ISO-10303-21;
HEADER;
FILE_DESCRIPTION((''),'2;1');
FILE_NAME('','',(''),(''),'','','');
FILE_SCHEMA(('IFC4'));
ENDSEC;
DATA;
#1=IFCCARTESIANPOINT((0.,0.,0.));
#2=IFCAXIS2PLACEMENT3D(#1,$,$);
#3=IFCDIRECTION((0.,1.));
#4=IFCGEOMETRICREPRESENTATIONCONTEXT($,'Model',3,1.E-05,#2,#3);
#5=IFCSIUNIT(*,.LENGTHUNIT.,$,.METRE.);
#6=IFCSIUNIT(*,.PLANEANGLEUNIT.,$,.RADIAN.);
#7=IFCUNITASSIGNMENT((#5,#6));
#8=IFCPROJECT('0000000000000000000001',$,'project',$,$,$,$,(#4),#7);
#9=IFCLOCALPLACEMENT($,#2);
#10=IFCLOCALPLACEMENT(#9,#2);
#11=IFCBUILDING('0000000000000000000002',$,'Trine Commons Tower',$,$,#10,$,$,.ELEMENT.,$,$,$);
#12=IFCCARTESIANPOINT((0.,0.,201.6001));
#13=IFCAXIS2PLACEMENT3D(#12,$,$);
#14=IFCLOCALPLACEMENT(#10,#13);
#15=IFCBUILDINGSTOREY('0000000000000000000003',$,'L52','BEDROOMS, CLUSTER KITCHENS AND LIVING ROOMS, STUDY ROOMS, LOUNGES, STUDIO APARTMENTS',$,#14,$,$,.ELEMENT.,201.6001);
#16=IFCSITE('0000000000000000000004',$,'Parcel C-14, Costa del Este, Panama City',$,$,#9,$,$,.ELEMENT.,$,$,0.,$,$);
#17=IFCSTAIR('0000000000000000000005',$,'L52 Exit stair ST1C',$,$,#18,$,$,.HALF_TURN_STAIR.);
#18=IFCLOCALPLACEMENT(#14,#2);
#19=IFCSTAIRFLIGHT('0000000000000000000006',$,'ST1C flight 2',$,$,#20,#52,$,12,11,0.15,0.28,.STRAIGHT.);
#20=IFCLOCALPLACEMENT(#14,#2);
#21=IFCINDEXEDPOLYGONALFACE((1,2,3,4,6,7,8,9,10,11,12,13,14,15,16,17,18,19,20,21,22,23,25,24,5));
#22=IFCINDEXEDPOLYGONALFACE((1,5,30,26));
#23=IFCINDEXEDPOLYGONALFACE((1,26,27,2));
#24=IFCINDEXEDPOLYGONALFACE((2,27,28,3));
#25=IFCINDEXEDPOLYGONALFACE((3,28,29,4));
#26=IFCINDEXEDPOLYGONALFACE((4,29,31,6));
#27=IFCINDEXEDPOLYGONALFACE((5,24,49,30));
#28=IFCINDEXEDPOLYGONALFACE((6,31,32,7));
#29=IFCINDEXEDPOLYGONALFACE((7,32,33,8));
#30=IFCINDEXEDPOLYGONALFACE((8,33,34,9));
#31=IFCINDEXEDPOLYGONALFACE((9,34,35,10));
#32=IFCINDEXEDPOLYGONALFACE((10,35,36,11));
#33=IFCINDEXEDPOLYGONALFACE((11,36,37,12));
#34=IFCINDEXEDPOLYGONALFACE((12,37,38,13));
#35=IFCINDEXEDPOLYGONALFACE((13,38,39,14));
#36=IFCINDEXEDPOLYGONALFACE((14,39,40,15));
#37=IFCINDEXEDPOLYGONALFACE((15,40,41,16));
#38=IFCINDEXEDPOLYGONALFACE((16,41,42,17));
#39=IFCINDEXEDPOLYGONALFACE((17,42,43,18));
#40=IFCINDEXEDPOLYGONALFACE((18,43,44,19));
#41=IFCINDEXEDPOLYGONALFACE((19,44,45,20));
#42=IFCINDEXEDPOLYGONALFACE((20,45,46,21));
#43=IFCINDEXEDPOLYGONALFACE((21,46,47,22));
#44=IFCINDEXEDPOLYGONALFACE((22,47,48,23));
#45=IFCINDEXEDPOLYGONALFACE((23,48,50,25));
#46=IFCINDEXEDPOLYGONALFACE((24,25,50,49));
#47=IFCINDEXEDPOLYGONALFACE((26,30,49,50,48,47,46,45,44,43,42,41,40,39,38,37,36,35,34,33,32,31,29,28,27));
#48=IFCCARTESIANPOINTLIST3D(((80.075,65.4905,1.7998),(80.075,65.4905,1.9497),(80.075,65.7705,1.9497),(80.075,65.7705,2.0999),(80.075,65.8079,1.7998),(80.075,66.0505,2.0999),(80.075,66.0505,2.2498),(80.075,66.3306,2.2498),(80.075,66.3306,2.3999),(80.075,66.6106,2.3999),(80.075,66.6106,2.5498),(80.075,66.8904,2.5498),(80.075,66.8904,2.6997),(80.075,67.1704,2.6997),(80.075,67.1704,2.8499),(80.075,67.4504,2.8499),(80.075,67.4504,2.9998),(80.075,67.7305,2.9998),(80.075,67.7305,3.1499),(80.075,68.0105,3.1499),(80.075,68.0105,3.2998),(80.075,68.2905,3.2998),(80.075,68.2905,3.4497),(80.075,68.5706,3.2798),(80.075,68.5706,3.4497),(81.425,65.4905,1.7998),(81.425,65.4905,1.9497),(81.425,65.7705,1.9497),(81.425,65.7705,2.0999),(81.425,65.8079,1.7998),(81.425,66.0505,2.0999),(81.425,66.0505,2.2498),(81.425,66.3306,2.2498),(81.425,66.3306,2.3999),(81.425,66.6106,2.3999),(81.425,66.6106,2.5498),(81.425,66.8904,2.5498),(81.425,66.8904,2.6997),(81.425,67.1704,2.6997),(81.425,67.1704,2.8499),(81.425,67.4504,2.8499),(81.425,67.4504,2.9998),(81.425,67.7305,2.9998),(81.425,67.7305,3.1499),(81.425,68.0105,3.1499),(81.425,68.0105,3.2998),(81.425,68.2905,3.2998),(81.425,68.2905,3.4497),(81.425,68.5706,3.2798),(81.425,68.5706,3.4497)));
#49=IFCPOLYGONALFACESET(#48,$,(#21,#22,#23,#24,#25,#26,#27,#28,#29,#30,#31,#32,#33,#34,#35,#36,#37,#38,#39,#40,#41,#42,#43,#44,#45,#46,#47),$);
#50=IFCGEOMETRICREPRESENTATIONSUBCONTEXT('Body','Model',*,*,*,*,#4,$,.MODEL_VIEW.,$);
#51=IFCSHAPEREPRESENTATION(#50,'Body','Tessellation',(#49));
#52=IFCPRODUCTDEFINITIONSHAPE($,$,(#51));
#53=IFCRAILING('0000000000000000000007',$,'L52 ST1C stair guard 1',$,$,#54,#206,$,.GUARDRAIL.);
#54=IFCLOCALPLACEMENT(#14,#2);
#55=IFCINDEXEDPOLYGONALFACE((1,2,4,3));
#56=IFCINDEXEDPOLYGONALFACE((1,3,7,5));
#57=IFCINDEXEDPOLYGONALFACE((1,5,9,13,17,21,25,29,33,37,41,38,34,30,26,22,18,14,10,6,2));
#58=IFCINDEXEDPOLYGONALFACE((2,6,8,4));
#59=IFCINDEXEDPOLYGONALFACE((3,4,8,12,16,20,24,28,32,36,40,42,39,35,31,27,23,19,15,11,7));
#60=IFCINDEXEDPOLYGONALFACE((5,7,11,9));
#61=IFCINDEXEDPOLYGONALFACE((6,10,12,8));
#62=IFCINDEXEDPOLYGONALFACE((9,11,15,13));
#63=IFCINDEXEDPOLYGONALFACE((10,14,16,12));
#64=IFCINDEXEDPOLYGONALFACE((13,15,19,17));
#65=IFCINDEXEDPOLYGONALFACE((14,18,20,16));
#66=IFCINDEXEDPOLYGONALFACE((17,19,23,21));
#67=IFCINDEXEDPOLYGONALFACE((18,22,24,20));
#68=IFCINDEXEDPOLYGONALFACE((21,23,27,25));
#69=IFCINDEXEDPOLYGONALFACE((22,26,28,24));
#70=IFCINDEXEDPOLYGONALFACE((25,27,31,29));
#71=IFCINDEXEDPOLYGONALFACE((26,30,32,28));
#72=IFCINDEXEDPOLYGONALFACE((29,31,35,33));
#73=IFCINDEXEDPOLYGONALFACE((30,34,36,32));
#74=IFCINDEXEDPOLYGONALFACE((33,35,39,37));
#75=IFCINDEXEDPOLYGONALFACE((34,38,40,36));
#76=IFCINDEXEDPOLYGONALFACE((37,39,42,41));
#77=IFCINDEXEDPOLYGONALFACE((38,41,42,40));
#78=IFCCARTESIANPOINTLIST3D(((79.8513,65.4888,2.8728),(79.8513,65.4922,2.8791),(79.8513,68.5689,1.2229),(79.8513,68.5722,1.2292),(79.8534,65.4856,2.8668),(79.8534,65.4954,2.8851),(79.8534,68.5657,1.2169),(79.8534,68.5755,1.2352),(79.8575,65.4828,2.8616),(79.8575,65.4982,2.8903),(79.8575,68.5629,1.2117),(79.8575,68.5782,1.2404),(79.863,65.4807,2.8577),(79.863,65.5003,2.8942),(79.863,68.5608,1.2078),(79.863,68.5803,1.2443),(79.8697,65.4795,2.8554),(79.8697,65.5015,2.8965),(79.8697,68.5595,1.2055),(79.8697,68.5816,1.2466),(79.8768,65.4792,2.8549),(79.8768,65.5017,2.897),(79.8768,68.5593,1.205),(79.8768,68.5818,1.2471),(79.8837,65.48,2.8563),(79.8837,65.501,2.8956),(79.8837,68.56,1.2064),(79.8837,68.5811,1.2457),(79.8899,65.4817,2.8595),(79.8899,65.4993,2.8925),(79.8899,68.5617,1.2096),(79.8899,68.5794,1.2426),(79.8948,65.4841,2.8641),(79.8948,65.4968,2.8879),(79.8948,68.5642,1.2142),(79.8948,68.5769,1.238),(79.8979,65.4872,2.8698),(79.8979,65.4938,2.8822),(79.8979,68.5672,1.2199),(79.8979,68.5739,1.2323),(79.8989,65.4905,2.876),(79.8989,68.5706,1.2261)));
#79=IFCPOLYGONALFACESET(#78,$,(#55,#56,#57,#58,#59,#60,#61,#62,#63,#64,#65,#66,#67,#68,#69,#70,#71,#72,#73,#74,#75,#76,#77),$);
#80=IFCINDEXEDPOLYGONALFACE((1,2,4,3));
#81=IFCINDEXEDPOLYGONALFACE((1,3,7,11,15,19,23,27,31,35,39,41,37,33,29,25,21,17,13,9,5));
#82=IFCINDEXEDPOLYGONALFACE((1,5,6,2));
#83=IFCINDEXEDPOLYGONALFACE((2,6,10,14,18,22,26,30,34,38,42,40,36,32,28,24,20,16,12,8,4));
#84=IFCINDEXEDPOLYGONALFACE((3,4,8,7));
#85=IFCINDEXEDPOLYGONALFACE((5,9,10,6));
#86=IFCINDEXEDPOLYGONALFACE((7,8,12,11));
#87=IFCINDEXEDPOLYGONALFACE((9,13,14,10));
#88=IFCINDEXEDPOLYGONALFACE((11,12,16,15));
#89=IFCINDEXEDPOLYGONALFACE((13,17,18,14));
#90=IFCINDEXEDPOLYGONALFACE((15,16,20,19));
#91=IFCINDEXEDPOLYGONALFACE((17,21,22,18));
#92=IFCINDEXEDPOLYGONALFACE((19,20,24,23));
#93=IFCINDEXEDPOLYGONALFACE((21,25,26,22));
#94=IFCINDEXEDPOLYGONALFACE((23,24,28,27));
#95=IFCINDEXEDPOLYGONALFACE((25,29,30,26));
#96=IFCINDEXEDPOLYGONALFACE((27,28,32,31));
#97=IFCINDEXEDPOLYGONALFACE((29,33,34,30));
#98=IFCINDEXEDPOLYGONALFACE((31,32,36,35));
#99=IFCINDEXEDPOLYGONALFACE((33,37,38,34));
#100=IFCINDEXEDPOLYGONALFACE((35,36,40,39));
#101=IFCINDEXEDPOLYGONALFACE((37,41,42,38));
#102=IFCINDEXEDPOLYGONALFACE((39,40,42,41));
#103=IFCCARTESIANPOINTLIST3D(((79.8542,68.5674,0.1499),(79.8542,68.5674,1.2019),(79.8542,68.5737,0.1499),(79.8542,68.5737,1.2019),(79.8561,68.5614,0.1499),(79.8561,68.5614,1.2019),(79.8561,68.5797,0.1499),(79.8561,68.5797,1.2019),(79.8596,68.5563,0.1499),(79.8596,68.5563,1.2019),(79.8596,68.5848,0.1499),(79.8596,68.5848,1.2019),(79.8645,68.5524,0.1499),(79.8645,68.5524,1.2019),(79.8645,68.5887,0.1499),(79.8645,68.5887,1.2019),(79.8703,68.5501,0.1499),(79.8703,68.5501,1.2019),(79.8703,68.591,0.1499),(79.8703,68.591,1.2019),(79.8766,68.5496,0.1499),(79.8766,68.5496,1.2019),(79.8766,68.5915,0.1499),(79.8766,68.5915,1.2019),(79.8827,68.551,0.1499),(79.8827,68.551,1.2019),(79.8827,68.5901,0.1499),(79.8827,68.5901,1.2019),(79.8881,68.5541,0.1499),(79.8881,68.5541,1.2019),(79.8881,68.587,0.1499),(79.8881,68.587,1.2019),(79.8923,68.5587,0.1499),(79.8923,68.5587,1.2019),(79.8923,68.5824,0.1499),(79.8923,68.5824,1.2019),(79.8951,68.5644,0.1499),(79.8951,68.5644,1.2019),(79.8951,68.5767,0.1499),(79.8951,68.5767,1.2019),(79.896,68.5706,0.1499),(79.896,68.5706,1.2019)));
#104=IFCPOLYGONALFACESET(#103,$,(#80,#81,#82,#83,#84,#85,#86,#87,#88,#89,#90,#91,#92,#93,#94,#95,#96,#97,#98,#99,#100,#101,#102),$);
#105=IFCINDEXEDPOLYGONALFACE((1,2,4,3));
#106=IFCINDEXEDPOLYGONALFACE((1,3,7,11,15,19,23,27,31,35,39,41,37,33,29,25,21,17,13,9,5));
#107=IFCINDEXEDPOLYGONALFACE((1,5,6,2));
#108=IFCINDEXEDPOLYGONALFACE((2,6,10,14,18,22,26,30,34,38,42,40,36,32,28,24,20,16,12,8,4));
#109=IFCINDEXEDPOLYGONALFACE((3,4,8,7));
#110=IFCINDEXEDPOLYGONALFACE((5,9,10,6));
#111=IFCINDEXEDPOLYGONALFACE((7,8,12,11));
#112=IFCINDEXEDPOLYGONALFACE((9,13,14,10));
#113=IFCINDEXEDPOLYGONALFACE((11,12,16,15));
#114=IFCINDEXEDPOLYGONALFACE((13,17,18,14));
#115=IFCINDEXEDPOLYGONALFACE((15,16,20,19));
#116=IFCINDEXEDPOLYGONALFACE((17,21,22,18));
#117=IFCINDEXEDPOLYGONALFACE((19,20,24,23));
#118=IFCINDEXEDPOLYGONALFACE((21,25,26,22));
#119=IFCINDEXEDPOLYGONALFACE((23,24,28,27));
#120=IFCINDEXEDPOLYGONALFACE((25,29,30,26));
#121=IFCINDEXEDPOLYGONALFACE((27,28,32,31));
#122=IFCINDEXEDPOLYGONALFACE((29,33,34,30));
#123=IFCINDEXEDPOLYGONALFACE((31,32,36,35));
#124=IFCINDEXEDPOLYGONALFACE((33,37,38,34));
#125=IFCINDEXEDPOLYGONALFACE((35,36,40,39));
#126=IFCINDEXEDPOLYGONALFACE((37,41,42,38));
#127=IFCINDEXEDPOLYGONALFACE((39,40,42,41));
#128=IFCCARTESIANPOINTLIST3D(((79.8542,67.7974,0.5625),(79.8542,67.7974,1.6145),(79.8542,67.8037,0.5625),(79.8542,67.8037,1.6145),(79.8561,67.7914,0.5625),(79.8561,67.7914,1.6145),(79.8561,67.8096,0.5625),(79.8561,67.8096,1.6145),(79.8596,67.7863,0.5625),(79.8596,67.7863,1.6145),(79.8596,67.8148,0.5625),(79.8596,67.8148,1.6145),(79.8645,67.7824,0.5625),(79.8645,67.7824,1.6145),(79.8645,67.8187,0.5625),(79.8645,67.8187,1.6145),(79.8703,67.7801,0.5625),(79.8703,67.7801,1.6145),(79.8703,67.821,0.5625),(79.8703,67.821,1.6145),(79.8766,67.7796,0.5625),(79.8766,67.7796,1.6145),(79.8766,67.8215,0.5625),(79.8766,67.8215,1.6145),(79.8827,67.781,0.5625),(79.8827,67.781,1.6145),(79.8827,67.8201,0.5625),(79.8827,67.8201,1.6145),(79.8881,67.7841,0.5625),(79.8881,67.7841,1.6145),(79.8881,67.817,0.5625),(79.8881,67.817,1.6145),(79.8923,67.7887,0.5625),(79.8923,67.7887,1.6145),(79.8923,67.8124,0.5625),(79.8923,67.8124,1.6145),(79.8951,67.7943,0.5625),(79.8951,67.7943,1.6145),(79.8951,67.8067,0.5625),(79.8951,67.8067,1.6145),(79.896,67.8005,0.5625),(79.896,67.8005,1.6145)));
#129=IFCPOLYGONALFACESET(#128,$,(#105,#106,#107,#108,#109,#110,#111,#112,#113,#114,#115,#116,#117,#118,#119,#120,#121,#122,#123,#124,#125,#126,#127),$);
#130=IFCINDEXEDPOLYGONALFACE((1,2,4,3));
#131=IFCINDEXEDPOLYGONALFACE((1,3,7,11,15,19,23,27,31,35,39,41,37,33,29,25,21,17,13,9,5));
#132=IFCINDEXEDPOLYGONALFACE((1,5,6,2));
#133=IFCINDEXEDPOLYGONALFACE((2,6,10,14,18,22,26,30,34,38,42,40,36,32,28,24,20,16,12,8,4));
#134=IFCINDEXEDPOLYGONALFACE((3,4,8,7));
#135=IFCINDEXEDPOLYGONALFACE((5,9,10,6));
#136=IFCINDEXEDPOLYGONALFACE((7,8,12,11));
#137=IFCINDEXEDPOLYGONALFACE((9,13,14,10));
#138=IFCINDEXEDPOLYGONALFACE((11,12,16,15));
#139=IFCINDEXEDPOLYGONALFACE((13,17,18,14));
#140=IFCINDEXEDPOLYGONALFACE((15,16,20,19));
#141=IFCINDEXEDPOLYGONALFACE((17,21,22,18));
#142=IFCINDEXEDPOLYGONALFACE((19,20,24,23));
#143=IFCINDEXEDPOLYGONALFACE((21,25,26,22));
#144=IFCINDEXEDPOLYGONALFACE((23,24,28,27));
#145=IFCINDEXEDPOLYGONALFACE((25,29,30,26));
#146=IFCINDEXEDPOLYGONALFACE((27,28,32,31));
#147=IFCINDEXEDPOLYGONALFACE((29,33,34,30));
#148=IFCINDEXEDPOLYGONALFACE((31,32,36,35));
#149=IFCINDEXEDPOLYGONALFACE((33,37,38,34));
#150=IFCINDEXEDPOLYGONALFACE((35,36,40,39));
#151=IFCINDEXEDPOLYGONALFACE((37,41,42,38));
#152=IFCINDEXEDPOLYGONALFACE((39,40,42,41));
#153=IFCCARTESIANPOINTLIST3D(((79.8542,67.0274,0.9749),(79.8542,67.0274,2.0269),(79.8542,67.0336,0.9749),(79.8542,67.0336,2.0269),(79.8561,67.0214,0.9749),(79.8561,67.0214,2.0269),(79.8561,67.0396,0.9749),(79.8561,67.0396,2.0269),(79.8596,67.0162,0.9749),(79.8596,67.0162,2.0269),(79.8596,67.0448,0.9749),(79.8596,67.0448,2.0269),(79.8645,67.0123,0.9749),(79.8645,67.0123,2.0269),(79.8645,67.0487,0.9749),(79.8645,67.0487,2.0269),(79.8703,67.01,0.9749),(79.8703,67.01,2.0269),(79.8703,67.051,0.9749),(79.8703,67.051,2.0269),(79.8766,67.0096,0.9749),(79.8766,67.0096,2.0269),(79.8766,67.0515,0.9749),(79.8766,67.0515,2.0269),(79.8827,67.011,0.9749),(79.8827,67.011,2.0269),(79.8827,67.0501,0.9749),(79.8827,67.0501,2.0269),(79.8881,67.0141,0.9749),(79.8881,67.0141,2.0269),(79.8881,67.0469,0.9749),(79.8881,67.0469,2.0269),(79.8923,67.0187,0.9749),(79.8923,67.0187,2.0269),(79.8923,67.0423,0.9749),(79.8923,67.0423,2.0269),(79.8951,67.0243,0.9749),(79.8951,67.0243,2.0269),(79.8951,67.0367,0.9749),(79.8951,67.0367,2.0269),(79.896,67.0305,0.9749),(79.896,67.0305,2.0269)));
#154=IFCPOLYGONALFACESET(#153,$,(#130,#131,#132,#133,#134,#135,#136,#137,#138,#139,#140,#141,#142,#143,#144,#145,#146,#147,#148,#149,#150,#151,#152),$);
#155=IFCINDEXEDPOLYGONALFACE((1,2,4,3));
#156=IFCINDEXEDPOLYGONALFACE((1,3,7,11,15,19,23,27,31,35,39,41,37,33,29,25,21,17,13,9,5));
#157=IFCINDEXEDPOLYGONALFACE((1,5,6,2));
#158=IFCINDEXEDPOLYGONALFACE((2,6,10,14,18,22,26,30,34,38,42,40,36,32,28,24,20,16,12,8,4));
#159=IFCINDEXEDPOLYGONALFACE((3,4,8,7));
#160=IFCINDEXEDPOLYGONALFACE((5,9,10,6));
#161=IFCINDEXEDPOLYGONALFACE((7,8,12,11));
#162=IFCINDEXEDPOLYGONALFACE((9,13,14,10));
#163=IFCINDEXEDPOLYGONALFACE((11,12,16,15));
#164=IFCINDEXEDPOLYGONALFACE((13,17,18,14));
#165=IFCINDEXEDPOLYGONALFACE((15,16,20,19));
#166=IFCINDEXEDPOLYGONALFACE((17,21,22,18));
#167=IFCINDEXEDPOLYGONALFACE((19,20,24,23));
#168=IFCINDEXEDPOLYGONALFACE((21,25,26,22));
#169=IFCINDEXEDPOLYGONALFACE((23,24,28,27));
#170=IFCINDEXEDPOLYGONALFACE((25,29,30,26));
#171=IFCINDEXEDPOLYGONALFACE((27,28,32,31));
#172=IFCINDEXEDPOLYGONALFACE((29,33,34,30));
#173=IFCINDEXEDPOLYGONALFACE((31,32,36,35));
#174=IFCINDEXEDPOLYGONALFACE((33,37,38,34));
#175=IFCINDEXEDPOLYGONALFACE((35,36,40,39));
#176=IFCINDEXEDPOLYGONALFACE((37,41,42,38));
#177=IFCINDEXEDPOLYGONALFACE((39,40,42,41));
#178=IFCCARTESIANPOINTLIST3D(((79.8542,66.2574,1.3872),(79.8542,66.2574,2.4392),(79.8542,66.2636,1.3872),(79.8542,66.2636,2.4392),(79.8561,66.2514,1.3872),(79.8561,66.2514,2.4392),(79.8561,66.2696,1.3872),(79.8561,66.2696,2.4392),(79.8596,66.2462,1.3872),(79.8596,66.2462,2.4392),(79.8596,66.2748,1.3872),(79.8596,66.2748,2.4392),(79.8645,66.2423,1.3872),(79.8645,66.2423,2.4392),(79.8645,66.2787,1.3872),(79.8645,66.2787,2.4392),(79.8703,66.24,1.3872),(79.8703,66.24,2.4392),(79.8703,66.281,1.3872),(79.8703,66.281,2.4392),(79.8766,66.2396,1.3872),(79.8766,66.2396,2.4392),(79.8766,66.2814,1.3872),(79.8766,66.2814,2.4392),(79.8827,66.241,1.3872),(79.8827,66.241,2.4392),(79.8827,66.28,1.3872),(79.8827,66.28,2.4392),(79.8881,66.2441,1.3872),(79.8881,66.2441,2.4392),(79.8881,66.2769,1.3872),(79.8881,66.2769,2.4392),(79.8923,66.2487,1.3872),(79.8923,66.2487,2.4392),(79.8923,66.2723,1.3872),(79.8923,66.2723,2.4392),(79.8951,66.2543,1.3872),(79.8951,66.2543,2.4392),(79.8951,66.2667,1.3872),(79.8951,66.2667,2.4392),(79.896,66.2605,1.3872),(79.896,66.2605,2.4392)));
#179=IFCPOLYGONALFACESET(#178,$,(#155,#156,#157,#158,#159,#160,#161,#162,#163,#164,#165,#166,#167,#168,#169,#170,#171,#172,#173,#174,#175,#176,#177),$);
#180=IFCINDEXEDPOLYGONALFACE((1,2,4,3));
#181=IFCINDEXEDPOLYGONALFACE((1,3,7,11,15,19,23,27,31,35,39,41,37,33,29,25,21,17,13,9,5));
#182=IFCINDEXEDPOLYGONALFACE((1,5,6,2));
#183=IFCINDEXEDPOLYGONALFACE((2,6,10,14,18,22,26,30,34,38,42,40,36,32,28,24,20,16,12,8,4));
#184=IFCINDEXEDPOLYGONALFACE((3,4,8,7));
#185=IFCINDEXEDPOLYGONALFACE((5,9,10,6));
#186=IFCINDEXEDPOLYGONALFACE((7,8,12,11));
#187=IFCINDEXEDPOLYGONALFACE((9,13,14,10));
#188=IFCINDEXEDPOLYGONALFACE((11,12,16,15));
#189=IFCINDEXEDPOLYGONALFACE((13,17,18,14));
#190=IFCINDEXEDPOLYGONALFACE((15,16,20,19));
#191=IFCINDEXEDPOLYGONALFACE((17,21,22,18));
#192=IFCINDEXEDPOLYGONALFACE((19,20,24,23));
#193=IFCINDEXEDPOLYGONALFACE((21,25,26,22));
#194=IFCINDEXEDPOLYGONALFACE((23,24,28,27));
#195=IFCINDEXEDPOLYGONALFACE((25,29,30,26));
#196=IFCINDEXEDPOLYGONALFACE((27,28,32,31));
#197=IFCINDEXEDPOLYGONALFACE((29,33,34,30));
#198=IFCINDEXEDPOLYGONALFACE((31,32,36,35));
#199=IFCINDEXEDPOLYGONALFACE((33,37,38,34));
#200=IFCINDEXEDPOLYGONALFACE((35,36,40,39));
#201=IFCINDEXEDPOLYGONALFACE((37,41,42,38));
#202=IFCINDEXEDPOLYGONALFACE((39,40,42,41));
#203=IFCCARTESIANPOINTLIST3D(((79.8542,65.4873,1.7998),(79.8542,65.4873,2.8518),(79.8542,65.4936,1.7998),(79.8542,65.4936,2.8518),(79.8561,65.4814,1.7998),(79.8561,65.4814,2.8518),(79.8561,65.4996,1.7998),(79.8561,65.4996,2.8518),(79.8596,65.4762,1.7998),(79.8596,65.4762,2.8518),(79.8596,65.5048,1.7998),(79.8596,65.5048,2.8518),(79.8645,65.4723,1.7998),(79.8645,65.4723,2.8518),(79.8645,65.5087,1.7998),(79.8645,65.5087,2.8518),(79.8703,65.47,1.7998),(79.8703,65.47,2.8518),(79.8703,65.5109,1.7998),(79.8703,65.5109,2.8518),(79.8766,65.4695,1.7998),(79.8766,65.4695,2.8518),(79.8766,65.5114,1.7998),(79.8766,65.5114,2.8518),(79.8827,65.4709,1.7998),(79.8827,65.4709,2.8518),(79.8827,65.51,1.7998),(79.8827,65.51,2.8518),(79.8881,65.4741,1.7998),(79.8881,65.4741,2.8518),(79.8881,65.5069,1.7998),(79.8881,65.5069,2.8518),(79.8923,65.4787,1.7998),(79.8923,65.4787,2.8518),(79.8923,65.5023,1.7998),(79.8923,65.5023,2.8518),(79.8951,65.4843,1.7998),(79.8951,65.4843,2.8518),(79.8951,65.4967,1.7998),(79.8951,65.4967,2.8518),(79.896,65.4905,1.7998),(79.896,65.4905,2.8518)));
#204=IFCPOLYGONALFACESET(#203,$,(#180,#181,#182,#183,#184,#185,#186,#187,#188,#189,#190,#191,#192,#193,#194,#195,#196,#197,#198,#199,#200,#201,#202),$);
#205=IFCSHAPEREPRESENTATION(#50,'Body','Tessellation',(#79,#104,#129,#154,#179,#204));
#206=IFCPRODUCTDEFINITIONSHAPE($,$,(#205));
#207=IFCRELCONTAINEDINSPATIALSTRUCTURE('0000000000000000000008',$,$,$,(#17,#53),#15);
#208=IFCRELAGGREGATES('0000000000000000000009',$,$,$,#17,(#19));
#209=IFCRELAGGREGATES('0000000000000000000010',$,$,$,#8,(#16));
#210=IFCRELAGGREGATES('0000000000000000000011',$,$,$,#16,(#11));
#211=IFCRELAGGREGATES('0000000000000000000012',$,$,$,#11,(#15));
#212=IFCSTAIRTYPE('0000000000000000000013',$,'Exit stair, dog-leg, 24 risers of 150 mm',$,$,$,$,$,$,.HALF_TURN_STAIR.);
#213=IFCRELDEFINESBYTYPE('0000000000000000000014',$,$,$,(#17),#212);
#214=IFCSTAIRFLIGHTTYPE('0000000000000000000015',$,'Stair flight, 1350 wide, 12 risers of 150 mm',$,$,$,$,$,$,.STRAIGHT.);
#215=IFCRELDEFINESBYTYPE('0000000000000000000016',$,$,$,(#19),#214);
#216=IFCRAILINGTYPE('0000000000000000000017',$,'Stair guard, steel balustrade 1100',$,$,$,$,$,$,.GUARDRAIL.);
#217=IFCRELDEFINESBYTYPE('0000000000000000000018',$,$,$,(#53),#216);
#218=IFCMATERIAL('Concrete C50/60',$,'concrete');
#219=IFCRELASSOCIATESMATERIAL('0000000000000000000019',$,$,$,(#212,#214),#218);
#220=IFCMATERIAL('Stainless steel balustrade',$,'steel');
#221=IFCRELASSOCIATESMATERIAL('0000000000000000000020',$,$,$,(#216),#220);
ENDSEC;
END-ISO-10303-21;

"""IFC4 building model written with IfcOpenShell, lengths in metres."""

from ifc_helpers import new_model, si_unit, direction, frame, origin, origin_2d, place, context, subcontext, project, spatial, polyline, circle, outline, extrude, material, type_object, element, aggregate, save


model = new_model("IFC4")

# Units and contexts
model_context = context("Model", 3, precision=1e-05, world=origin(), true_north=direction((0.0, 1.0)))
body_context = subcontext(model_context, "Body", "Model", "MODEL_VIEW")
ifc_project = project(units=[si_unit("LENGTHUNIT", "METRE"), si_unit("PLANEANGLEUNIT", "RADIAN")], contexts=[model_context])

# Site, building, storey
site_placement = place(None, origin())
site = spatial("IfcSite", under=ifc_project, at=site_placement, Name="Parcel C-14, Costa del Este, Panama City", CompositionType="ELEMENT", RefElevation=0.0)
building_placement = place(site_placement, origin())
building = spatial("IfcBuilding", under=site, at=building_placement, Name="Trine Commons Tower", CompositionType="ELEMENT")
storey_placement = place(building_placement, frame((0.0, 0.0, 201.6001)))
storey = spatial("IfcBuildingStorey", under=building, at=storey_placement, Name="L52", Description="BEDROOMS, CLUSTER KITCHENS AND LIVING ROOMS, STUDY ROOMS, LOUNGES, STUDIO APARTMENTS", CompositionType="ELEMENT", Elevation=201.6001)

# Stair, stair flight
ifc_material_1 = material(Name="Concrete C50/60", Category="concrete")
stair_type = type_object("IfcStairType", Name="Exit stair, dog-leg, 24 risers of 150 mm", PredefinedType="HALF_TURN_STAIR", material=ifc_material_1)
stair_placement = place(storey_placement, origin())
stair = element("IfcStair", 1, at=stair_placement, inside=storey, type_object=stair_type, Name="L52 Exit stair ST1C", PredefinedType="HALF_TURN_STAIR")
stair_flight_type = type_object("IfcStairFlightType", Name="Stair flight, 1350 wide, 12 risers of 150 mm", PredefinedType="STRAIGHT", material=ifc_material_1)
stair_flight_placement = place(storey_placement, frame((80.75, 65.4905, 1.7998), z_axis=(0.0, 0.0, 1.0), x_axis=(0.0, 1.0, 0.0)))
stair_flight = element("IfcStairFlight", 2, at=stair_flight_placement, type_object=stair_flight_type, Name="ST1C flight 2", NumberOfRisers=12, NumberOfTreads=11, PredefinedType="STRAIGHT", RiserHeight=0.15, TreadLength=0.28, context=body_context, shape_type="SweptSolid", body=[
    extrude(outline(polyline([(0.0, 0.0), (0.0, 0.1499), (0.28, 0.1499), (0.28, 0.3), (0.5601, 0.3), (0.5601, 0.45), (0.8401, 0.45), (0.8401, 0.6001), (1.1201, 0.6001), (1.1201, 0.75), (1.3999, 0.75), (1.3999, 0.8999), (1.6799, 0.8999), (1.6799, 1.05), (1.96, 1.05), (1.96, 1.2), (2.24, 1.2), (2.24, 1.3501), (2.52, 1.3501), (2.52, 1.5), (2.8, 1.5), (2.8, 1.6499), (3.0801, 1.6499), (3.0801, 1.8), (3.0801, 1.48), (0.3174, 0.0), (0.0, 0.0)])), frame((0.0, 0.675, 0.0), z_axis=(0.0, -1.0, 0.0), x_axis=(1.0, 0.0, 0.0)), (0.0, 0.0, 1.0), 1.3501),
])
aggregate(stair, [stair_flight])

# Railing
ifc_material_2 = material(Name="Stainless steel balustrade", Category="steel")
railing_type_1 = type_object("IfcRailingType", Name="Stair guard, steel balustrade 1100", PredefinedType="GUARDRAIL", material=ifc_material_2)
railing_1_placement = place(storey_placement, frame((79.875, 68.5706, 0.1499)))
element("IfcRailing", 3, at=railing_1_placement, inside=storey, type_object=railing_type_1, Name="L52 ST1C stair guard 1", PredefinedType="GUARDRAIL", context=body_context, shape_type="SweptSolid", body=[
    extrude(circle(Radius=0.0239, at=origin_2d()), frame((0.0, 0.0, 1.0762), z_axis=(0.0, -0.881497, 0.47219), x_axis=(1.0, 0.0, 0.0)), (0.0, 0.0, 1.0), 3.4941),
    extrude(circle(Radius=0.021, at=origin_2d()), origin(), (0.0, 0.0, 1.0), 1.052),
    extrude(circle(Radius=0.021, at=origin_2d()), frame((0.0, -0.77, 0.4126)), (0.0, 0.0, 1.0), 1.052),
    extrude(circle(Radius=0.021, at=origin_2d()), frame((0.0, -1.54, 0.825)), (0.0, 0.0, 1.0), 1.052),
    extrude(circle(Radius=0.021, at=origin_2d()), frame((0.0, -2.3101, 1.2373)), (0.0, 0.0, 1.0), 1.052),
    extrude(circle(Radius=0.021, at=origin_2d()), frame((0.0, -3.0801, 1.6499)), (0.0, 0.0, 1.0), 1.052),
])

save(model, "model.ifc")
